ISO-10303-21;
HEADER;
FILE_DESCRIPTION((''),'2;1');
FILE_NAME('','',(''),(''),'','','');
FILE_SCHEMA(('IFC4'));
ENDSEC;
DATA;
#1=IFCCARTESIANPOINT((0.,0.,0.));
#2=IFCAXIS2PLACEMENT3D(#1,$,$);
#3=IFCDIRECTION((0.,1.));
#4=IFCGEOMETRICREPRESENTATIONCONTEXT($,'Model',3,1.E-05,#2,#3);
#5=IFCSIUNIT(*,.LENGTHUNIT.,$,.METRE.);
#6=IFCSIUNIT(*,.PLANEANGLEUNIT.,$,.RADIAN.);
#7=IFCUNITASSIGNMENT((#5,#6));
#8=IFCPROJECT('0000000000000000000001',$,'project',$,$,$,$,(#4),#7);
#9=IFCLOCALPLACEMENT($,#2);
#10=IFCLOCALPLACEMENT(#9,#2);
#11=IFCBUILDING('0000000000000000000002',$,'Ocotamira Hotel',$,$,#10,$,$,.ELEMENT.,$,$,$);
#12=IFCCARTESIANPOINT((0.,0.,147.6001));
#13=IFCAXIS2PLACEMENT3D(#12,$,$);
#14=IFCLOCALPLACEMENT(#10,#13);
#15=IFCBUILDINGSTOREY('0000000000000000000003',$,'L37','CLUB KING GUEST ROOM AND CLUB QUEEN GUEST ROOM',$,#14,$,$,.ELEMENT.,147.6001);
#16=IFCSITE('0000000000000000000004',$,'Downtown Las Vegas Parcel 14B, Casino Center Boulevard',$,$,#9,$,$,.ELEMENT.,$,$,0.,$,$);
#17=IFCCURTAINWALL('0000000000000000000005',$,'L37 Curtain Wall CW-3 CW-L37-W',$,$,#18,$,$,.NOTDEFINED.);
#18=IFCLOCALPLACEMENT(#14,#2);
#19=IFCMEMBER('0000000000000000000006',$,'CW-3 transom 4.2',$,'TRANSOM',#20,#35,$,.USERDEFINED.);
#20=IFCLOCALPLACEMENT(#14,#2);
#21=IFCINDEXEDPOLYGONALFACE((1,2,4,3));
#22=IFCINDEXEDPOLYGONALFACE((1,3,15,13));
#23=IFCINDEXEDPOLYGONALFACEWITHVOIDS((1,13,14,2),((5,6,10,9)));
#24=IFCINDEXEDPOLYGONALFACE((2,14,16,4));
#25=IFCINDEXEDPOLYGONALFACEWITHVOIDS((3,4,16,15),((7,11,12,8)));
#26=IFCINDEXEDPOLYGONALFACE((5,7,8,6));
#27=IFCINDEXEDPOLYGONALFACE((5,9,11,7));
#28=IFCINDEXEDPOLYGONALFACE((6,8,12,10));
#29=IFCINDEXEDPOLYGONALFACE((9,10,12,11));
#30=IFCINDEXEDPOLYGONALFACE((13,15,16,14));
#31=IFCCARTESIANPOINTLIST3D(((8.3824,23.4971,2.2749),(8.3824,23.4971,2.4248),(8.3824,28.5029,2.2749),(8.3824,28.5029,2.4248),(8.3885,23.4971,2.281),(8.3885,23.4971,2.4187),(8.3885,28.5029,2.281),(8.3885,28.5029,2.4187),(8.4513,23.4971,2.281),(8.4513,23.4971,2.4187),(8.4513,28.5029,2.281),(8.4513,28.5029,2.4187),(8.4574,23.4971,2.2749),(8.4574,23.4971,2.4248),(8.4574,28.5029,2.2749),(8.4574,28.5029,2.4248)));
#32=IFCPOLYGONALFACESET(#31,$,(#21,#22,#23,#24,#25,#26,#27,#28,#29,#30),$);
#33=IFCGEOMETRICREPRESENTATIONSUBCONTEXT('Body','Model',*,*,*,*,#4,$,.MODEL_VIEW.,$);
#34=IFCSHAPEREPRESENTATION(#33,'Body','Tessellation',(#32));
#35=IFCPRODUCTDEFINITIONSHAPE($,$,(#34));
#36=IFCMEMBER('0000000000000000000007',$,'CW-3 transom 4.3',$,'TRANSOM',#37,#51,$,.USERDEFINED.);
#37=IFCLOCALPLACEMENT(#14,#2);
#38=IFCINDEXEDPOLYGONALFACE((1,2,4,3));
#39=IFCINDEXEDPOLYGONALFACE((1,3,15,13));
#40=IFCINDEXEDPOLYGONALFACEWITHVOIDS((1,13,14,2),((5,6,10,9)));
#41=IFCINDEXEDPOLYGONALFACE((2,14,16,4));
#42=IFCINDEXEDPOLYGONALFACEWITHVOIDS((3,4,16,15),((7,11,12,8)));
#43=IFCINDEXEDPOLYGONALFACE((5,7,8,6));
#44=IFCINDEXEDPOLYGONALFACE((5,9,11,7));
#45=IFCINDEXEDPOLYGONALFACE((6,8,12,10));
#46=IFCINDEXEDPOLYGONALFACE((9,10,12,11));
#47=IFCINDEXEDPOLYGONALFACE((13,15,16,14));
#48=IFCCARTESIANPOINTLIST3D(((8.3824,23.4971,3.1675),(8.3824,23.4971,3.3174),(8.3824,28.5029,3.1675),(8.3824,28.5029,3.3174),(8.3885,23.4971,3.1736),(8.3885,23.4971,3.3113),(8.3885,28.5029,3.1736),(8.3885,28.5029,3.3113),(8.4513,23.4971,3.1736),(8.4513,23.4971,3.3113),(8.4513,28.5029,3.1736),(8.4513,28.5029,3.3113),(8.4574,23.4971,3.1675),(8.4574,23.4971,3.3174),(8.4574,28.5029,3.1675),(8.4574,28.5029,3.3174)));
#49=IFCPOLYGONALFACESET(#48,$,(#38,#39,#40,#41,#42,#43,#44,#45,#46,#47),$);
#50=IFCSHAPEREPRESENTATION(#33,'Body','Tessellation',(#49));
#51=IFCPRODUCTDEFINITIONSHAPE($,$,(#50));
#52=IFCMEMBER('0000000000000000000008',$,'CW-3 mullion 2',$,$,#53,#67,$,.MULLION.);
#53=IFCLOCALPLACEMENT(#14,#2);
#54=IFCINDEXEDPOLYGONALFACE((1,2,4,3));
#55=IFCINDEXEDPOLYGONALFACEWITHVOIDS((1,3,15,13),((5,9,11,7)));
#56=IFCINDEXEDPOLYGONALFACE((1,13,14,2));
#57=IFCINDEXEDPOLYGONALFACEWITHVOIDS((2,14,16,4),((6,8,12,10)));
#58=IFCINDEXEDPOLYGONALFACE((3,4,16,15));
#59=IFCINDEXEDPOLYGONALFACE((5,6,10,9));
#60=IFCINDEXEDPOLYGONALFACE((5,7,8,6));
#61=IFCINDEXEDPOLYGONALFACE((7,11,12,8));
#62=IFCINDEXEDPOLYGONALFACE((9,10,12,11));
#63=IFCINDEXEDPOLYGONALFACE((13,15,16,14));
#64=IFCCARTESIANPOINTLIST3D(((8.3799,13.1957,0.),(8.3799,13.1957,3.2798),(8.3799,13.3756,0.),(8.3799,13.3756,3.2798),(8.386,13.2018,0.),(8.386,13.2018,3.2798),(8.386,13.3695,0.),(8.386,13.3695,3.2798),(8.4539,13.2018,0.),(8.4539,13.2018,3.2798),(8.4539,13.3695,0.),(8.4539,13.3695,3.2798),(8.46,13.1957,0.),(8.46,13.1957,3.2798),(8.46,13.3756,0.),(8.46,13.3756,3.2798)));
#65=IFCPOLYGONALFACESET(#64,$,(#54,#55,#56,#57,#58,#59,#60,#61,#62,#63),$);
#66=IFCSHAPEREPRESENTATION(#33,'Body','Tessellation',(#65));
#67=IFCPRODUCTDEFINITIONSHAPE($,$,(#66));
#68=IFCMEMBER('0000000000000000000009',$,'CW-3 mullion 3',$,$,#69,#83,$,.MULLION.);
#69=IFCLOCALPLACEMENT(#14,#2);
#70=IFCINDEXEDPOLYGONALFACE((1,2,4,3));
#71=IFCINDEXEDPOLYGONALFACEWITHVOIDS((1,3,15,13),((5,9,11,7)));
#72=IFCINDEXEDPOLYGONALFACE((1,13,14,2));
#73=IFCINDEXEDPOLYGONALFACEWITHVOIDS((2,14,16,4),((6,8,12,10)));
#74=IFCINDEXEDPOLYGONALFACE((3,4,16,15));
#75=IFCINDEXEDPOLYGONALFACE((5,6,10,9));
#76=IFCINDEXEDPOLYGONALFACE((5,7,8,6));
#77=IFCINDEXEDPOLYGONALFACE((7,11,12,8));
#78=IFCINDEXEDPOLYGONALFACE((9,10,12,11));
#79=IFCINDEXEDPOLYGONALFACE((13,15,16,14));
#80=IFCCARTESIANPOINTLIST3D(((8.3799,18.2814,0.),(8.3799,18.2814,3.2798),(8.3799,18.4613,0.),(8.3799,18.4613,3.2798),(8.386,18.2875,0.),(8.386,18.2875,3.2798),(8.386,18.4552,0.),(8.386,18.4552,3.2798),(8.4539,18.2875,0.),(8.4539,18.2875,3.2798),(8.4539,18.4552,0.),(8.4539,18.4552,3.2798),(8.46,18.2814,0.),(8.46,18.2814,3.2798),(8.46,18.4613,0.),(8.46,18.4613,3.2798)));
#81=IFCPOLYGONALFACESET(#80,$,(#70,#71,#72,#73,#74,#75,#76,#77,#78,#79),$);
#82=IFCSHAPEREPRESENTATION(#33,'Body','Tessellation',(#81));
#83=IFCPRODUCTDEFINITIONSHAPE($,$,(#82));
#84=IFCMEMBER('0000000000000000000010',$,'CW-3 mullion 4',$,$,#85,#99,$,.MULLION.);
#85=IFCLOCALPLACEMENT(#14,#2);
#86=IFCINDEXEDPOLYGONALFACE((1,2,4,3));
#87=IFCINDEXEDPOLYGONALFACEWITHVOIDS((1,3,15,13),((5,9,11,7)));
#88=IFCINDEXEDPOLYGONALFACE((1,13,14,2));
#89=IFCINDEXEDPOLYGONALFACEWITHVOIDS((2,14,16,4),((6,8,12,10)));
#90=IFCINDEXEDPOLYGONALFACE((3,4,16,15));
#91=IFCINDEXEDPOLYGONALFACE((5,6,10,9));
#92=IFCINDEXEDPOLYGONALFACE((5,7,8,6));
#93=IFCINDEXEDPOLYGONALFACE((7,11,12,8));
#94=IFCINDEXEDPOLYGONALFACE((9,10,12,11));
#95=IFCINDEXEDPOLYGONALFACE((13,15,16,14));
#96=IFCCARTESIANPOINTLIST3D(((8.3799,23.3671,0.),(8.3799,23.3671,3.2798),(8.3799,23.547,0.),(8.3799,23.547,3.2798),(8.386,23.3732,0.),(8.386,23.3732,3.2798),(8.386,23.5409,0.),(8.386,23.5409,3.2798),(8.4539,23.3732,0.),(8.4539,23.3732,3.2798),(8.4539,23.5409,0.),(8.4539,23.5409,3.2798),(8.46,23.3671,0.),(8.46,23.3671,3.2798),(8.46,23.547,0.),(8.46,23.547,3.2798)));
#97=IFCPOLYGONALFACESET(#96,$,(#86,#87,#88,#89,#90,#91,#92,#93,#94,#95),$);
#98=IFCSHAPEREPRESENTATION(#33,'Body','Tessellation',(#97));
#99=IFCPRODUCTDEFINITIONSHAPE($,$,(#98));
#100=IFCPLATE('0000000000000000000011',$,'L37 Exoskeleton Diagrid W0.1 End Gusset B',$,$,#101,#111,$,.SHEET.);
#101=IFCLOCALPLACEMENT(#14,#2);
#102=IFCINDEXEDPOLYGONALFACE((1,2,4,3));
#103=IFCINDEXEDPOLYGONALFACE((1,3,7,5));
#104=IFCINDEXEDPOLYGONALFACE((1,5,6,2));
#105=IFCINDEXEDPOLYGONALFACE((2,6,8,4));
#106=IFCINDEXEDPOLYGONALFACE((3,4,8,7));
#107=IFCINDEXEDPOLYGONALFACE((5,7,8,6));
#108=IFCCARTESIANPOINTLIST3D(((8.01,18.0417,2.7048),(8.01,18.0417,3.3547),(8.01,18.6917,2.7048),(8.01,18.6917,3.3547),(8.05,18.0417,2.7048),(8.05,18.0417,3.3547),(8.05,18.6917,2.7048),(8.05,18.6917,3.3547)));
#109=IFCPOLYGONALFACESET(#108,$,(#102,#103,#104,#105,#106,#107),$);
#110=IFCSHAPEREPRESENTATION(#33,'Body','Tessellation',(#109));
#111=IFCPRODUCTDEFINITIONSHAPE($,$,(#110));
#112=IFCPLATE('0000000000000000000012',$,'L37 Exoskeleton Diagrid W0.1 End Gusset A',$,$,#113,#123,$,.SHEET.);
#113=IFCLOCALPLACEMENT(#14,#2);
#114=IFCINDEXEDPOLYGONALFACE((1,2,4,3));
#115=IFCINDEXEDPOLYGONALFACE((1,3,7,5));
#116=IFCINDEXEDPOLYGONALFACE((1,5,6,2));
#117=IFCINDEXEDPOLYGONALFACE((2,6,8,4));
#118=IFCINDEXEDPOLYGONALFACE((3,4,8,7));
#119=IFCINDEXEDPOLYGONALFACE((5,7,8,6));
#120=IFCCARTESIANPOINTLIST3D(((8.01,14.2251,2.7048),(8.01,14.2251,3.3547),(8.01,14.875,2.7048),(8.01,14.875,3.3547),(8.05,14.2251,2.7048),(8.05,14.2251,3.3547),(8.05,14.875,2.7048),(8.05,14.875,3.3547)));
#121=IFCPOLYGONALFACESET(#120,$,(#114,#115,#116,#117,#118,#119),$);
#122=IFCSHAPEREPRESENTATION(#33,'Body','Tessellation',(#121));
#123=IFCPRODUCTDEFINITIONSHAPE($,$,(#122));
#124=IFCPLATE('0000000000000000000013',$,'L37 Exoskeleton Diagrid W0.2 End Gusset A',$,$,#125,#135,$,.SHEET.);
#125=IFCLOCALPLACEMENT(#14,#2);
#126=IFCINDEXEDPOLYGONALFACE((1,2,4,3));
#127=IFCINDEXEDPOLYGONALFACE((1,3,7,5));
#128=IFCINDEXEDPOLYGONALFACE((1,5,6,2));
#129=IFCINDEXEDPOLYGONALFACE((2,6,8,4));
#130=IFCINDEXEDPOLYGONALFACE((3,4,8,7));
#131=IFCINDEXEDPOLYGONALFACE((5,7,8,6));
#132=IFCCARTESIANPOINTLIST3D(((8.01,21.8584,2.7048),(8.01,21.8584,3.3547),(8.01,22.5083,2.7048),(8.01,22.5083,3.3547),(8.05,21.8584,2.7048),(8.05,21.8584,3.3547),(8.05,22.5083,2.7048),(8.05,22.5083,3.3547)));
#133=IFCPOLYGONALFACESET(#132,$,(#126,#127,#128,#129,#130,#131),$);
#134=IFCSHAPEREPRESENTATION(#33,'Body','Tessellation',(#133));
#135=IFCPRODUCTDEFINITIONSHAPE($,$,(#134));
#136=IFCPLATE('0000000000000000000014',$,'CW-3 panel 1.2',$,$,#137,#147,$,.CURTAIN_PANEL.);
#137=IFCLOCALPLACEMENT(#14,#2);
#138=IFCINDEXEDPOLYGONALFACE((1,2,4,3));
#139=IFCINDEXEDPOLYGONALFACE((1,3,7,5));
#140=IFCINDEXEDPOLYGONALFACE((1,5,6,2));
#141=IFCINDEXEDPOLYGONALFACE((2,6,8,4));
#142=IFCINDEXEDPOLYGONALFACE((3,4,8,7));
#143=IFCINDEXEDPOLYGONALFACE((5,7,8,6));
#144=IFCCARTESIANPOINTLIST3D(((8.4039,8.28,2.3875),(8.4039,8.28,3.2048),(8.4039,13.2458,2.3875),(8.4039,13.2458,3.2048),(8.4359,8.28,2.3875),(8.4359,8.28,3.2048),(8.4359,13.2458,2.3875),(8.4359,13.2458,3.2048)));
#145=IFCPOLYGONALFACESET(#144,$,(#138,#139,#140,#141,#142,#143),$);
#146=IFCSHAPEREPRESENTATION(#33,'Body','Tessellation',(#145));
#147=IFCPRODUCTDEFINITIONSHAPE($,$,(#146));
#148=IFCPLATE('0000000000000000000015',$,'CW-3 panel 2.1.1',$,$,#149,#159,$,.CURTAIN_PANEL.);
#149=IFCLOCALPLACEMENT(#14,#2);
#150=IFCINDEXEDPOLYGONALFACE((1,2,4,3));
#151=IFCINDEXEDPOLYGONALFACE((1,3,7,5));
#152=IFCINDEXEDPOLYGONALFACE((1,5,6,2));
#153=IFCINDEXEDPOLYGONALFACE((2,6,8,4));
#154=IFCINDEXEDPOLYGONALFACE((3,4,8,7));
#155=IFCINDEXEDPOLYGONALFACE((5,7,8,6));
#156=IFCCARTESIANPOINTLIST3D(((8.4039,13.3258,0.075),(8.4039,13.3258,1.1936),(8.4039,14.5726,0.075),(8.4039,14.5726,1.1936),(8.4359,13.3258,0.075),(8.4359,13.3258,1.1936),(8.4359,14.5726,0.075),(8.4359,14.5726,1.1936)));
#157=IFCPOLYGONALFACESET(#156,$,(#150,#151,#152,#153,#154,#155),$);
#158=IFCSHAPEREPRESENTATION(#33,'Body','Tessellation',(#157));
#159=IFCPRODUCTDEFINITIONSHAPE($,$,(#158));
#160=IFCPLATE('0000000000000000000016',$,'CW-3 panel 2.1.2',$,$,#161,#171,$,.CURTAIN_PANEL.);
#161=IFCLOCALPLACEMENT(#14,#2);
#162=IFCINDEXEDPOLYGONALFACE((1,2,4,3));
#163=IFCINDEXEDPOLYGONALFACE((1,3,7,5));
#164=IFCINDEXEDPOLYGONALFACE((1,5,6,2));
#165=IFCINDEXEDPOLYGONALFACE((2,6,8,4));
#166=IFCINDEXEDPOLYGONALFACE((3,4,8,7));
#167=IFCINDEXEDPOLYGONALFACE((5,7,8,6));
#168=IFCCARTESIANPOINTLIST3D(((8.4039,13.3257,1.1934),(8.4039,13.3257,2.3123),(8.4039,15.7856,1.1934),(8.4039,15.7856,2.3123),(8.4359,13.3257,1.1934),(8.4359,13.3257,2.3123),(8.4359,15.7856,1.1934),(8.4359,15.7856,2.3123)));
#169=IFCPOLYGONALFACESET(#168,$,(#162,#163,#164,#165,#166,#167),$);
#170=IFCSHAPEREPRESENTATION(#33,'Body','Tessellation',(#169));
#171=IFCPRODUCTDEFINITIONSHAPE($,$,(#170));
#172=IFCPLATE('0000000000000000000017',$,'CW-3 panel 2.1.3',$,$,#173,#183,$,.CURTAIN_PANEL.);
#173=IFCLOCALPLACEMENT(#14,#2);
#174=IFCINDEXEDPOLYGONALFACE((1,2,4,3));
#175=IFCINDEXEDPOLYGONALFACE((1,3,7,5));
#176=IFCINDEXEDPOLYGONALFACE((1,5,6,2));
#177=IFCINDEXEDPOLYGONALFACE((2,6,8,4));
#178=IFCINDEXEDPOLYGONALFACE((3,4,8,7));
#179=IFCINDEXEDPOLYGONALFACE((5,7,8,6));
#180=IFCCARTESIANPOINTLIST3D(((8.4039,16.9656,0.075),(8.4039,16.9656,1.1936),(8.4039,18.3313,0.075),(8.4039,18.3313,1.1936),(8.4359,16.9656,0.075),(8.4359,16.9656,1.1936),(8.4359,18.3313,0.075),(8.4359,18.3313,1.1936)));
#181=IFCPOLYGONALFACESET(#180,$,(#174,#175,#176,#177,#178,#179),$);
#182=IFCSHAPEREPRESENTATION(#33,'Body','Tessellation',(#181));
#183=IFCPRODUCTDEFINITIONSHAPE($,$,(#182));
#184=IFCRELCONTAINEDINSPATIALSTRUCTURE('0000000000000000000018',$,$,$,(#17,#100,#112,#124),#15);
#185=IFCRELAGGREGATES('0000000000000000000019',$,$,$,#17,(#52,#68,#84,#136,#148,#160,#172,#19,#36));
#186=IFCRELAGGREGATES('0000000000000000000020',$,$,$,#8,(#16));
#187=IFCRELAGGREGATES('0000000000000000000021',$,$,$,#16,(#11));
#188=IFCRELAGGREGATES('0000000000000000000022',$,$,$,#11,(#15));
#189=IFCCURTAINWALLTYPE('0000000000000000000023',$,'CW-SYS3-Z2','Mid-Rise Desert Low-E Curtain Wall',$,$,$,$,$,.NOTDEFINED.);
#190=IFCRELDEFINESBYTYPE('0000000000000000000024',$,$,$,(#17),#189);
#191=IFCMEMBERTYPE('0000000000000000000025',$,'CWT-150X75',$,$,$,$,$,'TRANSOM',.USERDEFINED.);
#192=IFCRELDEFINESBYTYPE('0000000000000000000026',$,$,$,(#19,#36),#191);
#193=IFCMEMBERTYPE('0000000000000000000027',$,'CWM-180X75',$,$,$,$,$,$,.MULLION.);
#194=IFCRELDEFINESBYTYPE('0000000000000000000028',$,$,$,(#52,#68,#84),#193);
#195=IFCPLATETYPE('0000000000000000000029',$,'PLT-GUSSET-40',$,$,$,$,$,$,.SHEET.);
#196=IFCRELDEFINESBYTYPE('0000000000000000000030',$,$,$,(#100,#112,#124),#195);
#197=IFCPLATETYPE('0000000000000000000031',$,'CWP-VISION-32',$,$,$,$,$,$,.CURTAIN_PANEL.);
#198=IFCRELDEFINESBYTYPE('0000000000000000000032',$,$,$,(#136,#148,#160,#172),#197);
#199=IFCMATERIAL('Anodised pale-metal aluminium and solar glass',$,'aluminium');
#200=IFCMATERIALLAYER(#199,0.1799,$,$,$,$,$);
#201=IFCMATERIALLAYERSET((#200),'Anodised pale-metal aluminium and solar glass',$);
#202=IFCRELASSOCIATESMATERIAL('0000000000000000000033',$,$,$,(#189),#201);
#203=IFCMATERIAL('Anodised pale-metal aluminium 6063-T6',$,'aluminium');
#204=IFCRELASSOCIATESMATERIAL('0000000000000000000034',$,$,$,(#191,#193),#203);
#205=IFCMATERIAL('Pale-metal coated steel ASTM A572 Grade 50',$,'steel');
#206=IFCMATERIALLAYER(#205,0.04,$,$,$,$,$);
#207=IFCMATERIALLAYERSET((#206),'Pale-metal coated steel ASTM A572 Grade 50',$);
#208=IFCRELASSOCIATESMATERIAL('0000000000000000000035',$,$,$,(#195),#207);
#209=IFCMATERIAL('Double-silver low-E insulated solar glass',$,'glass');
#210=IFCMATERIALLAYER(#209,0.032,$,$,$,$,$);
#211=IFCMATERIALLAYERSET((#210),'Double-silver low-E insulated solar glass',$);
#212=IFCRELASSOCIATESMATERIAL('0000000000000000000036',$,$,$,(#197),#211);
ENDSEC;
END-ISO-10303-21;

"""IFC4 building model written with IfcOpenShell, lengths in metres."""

from ifc_helpers import new_model, si_unit, direction, frame, origin, origin_2d, place, context, subcontext, project, spatial, rectangle, hollow_rectangle, extrude, source, transform, mapped, material, layer, layer_set, material_profile, profile_set, type_object, element, aggregate, save


model = new_model("IFC4")

# Units and contexts
model_context = context("Model", 3, precision=1e-05, world=origin(), true_north=direction((0.0, 1.0)))
body_context = subcontext(model_context, "Body", "Model", "MODEL_VIEW")
ifc_project = project(units=[si_unit("LENGTHUNIT", "METRE"), si_unit("PLANEANGLEUNIT", "RADIAN")], contexts=[model_context])

# Site, building, storey
site_placement = place(None, origin())
site = spatial("IfcSite", under=ifc_project, at=site_placement, Name="Downtown Las Vegas Parcel 14B, Casino Center Boulevard", CompositionType="ELEMENT", RefElevation=0.0)
building_placement = place(site_placement, origin())
building = spatial("IfcBuilding", under=site, at=building_placement, Name="Ocotamira Hotel", CompositionType="ELEMENT")
storey_placement = place(building_placement, frame((0.0, 0.0, 147.6001)))
storey = spatial("IfcBuildingStorey", under=building, at=storey_placement, Name="L37", Description="CLUB KING GUEST ROOM AND CLUB QUEEN GUEST ROOM", CompositionType="ELEMENT", Elevation=147.6001)

# Curtain wall, members
ifc_material_1 = material(Name="Anodised pale-metal aluminium and solar glass", Category="aluminium")
ifc_layer_1 = layer(ifc_material_1, 0.1799)
ifc_layer_set_1 = layer_set([ifc_layer_1], Name="Anodised pale-metal aluminium and solar glass")
curtain_wall_type = type_object("IfcCurtainWallType", Name="CW-SYS3-Z2", Description="Mid-Rise Desert Low-E Curtain Wall", PredefinedType="NOTDEFINED", material=ifc_layer_set_1)
curtain_wall_placement = place(storey_placement, origin())
curtain_wall = element("IfcCurtainWall", 1, at=curtain_wall_placement, inside=storey, type_object=curtain_wall_type, Name="L37 Curtain Wall CW-3 CW-L37-W", PredefinedType="NOTDEFINED")
ifc_material_2 = material(Name="Anodised pale-metal aluminium 6063-T6", Category="aluminium")
ifc_material_profile_1 = material_profile(ifc_material_2, hollow_rectangle(XDim=0.075, YDim=0.1499, WallThickness=0.0061, at=origin_2d()), Name="HSS150X75X6")
ifc_profile_set_1 = profile_set([ifc_material_profile_1], Name="Anodised pale-metal aluminium 6063-T6")
member_type_1 = type_object("IfcMemberType", Name="CWT-150X75", ElementType="TRANSOM", PredefinedType="USERDEFINED", material=ifc_profile_set_1)
shared_shape_1 = source(origin(), body_context, "Body", "SweptSolid", [
    extrude(hollow_rectangle(XDim=0.075, YDim=0.1499, WallThickness=0.0061, at=origin_2d()), origin(), (0.0, 0.0, 1.0), 5.0059),
])
member_1_placement = place(storey_placement, frame((8.4199, 23.4971, 2.3499), z_axis=(0.0, 1.0, 0.0), x_axis=(-1.0, 0.0, 0.0)))
member_1 = element("IfcMember", 2, at=member_1_placement, type_object=member_type_1, Name="CW-3 transom 4.2", ObjectType="TRANSOM", PredefinedType="USERDEFINED", context=body_context, shape_type="MappedRepresentation", body=[
    mapped(shared_shape_1, transform((0.0, 0.0, 0.0), scale=1.0)),
])
member_2_placement = place(storey_placement, frame((8.4199, 23.4971, 3.2424), z_axis=(0.0, 1.0, 0.0), x_axis=(-1.0, 0.0, 0.0)))
member_2 = element("IfcMember", 3, at=member_2_placement, type_object=member_type_1, Name="CW-3 transom 4.3", ObjectType="TRANSOM", PredefinedType="USERDEFINED", context=body_context, shape_type="MappedRepresentation", body=[
    mapped(shared_shape_1, transform((0.0, 0.0, 0.0), scale=1.0)),
])
ifc_material_profile_2 = material_profile(ifc_material_2, hollow_rectangle(XDim=0.0801, YDim=0.1799, WallThickness=0.0061, at=origin_2d()), Name="HSS180X80X6")
ifc_profile_set_2 = profile_set([ifc_material_profile_2], Name="Anodised pale-metal aluminium 6063-T6")
member_type_2 = type_object("IfcMemberType", Name="CWM-180X75", PredefinedType="MULLION", material=ifc_profile_set_2)
shared_shape_2 = source(origin(), body_context, "Body", "SweptSolid", [
    extrude(hollow_rectangle(XDim=0.0801, YDim=0.1799, WallThickness=0.0061, at=origin_2d()), origin(), (0.0, 0.0, 1.0), 3.2798),
])
member_3_placement = place(storey_placement, frame((8.4199, 13.2856, 0.0), z_axis=(0.0, 0.0, 1.0), x_axis=(-1.0, 0.0, 0.0)))
member_3 = element("IfcMember", 4, at=member_3_placement, type_object=member_type_2, Name="CW-3 mullion 2", PredefinedType="MULLION", context=body_context, shape_type="MappedRepresentation", body=[
    mapped(shared_shape_2, transform((0.0, 0.0, 0.0), scale=1.0)),
])
member_4_placement = place(storey_placement, frame((8.4199, 18.3713, 0.0), z_axis=(0.0, 0.0, 1.0), x_axis=(-1.0, 0.0, 0.0)))
member_4 = element("IfcMember", 5, at=member_4_placement, type_object=member_type_2, Name="CW-3 mullion 3", PredefinedType="MULLION", context=body_context, shape_type="MappedRepresentation", body=[
    mapped(shared_shape_2, transform((0.0, 0.0, 0.0), scale=1.0)),
])
member_5_placement = place(storey_placement, frame((8.4199, 23.457, 0.0), z_axis=(0.0, 0.0, 1.0), x_axis=(-1.0, 0.0, 0.0)))
member_5 = element("IfcMember", 6, at=member_5_placement, type_object=member_type_2, Name="CW-3 mullion 4", PredefinedType="MULLION", context=body_context, shape_type="MappedRepresentation", body=[
    mapped(shared_shape_2, transform((0.0, 0.0, 0.0), scale=1.0)),
])

# Plates
ifc_material_3 = material(Name="Pale-metal coated steel ASTM A572 Grade 50", Category="steel")
ifc_layer_2 = layer(ifc_material_3, 0.04)
ifc_layer_set_2 = layer_set([ifc_layer_2], Name="Pale-metal coated steel ASTM A572 Grade 50")
plate_type_1 = type_object("IfcPlateType", Name="PLT-GUSSET-40", PredefinedType="SHEET", material=ifc_layer_set_2)
shared_shape_3 = source(origin(), body_context, "Body", "SweptSolid", [
    extrude(rectangle(XDim=0.04, YDim=0.6499, at=origin_2d()), origin(), (0.0, 0.0, 1.0), 0.6499),
])
for number, where, z_axis, x_axis, name in (
    (7, (8.03, 18.3667, 2.7048), (0.0, 0.0, 1.0), (1.0, 0.0, 0.0), "L37 Exoskeleton Diagrid W0.1 End Gusset B"),
    (8, (8.03, 14.55, 2.7048), (0.0, 0.0, 1.0), (1.0, 0.0, 0.0), "L37 Exoskeleton Diagrid W0.1 End Gusset A"),
    (9, (8.03, 22.1833, 2.7048), (0.0, 0.0, 1.0), (1.0, 0.0, 0.0), "L37 Exoskeleton Diagrid W0.2 End Gusset A"),
):
    element("IfcPlate", number, at=place(storey_placement, frame(where, z_axis=z_axis, x_axis=x_axis)), inside=storey, type_object=plate_type_1, Name=name, PredefinedType="SHEET", context=body_context, shape_type="MappedRepresentation", body=[
        mapped(shared_shape_3, transform((0.0, 0.0, 0.0), scale=1.0)),
    ])

# Plates
ifc_material_4 = material(Name="Double-silver low-E insulated solar glass", Category="glass")
ifc_layer_3 = layer(ifc_material_4, 0.032)
ifc_layer_set_3 = layer_set([ifc_layer_3], Name="Double-silver low-E insulated solar glass")
plate_type_2 = type_object("IfcPlateType", Name="CWP-VISION-32", PredefinedType="CURTAIN_PANEL", material=ifc_layer_set_3)
shared_shape_4 = source(origin(), body_context, "Body", "SweptSolid", [
    extrude(rectangle(XDim=4.9658, YDim=0.032, at=origin_2d()), origin(), (0.0, 0.0, 1.0), 0.8174),
])
plate_1_placement = place(storey_placement, frame((8.4199, 10.7629, 2.3875), z_axis=(0.0, 0.0, 1.0), x_axis=(0.0, 1.0, 0.0)))
plate_1 = element("IfcPlate", 10, at=plate_1_placement, type_object=plate_type_2, Name="CW-3 panel 1.2", PredefinedType="CURTAIN_PANEL", context=body_context, shape_type="MappedRepresentation", body=[
    mapped(shared_shape_4, transform((0.0, 0.0, 0.0), scale=1.0)),
])
shared_shape_5 = source(origin(), body_context, "Body", "SweptSolid", [
    extrude(rectangle(XDim=1.2468, YDim=0.032, at=origin_2d()), origin(), (0.0, 0.0, 1.0), 1.1187),
])
plate_2_placement = place(storey_placement, frame((8.4199, 13.9492, 0.075), z_axis=(0.0, 0.0, 1.0), x_axis=(0.0, 1.0, 0.0)))
plate_2 = element("IfcPlate", 11, at=plate_2_placement, type_object=plate_type_2, Name="CW-3 panel 2.1.1", PredefinedType="CURTAIN_PANEL", context=body_context, shape_type="MappedRepresentation", body=[
    mapped(shared_shape_5, transform((0.0, 0.0, 0.0), scale=1.0)),
])
shared_shape_6 = source(origin(), body_context, "Body", "SweptSolid", [
    extrude(rectangle(XDim=2.46, YDim=0.032, at=origin_2d()), origin(), (0.0, 0.0, 1.0), 1.1189),
])
plate_3_placement = place(storey_placement, frame((8.4199, 14.5557, 1.1934), z_axis=(0.0, 0.0, 1.0), x_axis=(0.0, 1.0, 0.0)))
plate_3 = element("IfcPlate", 12, at=plate_3_placement, type_object=plate_type_2, Name="CW-3 panel 2.1.2", PredefinedType="CURTAIN_PANEL", context=body_context, shape_type="MappedRepresentation", body=[
    mapped(shared_shape_6, transform((0.0, 0.0, 0.0), scale=1.0)),
])
shared_shape_7 = source(origin(), body_context, "Body", "SweptSolid", [
    extrude(rectangle(XDim=1.3657, YDim=0.032, at=origin_2d()), origin(), (0.0, 0.0, 1.0), 1.1187),
])
plate_4_placement = place(storey_placement, frame((8.4199, 17.6484, 0.075), z_axis=(0.0, 0.0, 1.0), x_axis=(0.0, 1.0, 0.0)))
plate_4 = element("IfcPlate", 13, at=plate_4_placement, type_object=plate_type_2, Name="CW-3 panel 2.1.3", PredefinedType="CURTAIN_PANEL", context=body_context, shape_type="MappedRepresentation", body=[
    mapped(shared_shape_7, transform((0.0, 0.0, 0.0), scale=1.0)),
])
aggregate(curtain_wall, [member_3, member_4, member_5, plate_1, plate_2, plate_3, plate_4, member_1, member_2])

save(model, "model.ifc")
